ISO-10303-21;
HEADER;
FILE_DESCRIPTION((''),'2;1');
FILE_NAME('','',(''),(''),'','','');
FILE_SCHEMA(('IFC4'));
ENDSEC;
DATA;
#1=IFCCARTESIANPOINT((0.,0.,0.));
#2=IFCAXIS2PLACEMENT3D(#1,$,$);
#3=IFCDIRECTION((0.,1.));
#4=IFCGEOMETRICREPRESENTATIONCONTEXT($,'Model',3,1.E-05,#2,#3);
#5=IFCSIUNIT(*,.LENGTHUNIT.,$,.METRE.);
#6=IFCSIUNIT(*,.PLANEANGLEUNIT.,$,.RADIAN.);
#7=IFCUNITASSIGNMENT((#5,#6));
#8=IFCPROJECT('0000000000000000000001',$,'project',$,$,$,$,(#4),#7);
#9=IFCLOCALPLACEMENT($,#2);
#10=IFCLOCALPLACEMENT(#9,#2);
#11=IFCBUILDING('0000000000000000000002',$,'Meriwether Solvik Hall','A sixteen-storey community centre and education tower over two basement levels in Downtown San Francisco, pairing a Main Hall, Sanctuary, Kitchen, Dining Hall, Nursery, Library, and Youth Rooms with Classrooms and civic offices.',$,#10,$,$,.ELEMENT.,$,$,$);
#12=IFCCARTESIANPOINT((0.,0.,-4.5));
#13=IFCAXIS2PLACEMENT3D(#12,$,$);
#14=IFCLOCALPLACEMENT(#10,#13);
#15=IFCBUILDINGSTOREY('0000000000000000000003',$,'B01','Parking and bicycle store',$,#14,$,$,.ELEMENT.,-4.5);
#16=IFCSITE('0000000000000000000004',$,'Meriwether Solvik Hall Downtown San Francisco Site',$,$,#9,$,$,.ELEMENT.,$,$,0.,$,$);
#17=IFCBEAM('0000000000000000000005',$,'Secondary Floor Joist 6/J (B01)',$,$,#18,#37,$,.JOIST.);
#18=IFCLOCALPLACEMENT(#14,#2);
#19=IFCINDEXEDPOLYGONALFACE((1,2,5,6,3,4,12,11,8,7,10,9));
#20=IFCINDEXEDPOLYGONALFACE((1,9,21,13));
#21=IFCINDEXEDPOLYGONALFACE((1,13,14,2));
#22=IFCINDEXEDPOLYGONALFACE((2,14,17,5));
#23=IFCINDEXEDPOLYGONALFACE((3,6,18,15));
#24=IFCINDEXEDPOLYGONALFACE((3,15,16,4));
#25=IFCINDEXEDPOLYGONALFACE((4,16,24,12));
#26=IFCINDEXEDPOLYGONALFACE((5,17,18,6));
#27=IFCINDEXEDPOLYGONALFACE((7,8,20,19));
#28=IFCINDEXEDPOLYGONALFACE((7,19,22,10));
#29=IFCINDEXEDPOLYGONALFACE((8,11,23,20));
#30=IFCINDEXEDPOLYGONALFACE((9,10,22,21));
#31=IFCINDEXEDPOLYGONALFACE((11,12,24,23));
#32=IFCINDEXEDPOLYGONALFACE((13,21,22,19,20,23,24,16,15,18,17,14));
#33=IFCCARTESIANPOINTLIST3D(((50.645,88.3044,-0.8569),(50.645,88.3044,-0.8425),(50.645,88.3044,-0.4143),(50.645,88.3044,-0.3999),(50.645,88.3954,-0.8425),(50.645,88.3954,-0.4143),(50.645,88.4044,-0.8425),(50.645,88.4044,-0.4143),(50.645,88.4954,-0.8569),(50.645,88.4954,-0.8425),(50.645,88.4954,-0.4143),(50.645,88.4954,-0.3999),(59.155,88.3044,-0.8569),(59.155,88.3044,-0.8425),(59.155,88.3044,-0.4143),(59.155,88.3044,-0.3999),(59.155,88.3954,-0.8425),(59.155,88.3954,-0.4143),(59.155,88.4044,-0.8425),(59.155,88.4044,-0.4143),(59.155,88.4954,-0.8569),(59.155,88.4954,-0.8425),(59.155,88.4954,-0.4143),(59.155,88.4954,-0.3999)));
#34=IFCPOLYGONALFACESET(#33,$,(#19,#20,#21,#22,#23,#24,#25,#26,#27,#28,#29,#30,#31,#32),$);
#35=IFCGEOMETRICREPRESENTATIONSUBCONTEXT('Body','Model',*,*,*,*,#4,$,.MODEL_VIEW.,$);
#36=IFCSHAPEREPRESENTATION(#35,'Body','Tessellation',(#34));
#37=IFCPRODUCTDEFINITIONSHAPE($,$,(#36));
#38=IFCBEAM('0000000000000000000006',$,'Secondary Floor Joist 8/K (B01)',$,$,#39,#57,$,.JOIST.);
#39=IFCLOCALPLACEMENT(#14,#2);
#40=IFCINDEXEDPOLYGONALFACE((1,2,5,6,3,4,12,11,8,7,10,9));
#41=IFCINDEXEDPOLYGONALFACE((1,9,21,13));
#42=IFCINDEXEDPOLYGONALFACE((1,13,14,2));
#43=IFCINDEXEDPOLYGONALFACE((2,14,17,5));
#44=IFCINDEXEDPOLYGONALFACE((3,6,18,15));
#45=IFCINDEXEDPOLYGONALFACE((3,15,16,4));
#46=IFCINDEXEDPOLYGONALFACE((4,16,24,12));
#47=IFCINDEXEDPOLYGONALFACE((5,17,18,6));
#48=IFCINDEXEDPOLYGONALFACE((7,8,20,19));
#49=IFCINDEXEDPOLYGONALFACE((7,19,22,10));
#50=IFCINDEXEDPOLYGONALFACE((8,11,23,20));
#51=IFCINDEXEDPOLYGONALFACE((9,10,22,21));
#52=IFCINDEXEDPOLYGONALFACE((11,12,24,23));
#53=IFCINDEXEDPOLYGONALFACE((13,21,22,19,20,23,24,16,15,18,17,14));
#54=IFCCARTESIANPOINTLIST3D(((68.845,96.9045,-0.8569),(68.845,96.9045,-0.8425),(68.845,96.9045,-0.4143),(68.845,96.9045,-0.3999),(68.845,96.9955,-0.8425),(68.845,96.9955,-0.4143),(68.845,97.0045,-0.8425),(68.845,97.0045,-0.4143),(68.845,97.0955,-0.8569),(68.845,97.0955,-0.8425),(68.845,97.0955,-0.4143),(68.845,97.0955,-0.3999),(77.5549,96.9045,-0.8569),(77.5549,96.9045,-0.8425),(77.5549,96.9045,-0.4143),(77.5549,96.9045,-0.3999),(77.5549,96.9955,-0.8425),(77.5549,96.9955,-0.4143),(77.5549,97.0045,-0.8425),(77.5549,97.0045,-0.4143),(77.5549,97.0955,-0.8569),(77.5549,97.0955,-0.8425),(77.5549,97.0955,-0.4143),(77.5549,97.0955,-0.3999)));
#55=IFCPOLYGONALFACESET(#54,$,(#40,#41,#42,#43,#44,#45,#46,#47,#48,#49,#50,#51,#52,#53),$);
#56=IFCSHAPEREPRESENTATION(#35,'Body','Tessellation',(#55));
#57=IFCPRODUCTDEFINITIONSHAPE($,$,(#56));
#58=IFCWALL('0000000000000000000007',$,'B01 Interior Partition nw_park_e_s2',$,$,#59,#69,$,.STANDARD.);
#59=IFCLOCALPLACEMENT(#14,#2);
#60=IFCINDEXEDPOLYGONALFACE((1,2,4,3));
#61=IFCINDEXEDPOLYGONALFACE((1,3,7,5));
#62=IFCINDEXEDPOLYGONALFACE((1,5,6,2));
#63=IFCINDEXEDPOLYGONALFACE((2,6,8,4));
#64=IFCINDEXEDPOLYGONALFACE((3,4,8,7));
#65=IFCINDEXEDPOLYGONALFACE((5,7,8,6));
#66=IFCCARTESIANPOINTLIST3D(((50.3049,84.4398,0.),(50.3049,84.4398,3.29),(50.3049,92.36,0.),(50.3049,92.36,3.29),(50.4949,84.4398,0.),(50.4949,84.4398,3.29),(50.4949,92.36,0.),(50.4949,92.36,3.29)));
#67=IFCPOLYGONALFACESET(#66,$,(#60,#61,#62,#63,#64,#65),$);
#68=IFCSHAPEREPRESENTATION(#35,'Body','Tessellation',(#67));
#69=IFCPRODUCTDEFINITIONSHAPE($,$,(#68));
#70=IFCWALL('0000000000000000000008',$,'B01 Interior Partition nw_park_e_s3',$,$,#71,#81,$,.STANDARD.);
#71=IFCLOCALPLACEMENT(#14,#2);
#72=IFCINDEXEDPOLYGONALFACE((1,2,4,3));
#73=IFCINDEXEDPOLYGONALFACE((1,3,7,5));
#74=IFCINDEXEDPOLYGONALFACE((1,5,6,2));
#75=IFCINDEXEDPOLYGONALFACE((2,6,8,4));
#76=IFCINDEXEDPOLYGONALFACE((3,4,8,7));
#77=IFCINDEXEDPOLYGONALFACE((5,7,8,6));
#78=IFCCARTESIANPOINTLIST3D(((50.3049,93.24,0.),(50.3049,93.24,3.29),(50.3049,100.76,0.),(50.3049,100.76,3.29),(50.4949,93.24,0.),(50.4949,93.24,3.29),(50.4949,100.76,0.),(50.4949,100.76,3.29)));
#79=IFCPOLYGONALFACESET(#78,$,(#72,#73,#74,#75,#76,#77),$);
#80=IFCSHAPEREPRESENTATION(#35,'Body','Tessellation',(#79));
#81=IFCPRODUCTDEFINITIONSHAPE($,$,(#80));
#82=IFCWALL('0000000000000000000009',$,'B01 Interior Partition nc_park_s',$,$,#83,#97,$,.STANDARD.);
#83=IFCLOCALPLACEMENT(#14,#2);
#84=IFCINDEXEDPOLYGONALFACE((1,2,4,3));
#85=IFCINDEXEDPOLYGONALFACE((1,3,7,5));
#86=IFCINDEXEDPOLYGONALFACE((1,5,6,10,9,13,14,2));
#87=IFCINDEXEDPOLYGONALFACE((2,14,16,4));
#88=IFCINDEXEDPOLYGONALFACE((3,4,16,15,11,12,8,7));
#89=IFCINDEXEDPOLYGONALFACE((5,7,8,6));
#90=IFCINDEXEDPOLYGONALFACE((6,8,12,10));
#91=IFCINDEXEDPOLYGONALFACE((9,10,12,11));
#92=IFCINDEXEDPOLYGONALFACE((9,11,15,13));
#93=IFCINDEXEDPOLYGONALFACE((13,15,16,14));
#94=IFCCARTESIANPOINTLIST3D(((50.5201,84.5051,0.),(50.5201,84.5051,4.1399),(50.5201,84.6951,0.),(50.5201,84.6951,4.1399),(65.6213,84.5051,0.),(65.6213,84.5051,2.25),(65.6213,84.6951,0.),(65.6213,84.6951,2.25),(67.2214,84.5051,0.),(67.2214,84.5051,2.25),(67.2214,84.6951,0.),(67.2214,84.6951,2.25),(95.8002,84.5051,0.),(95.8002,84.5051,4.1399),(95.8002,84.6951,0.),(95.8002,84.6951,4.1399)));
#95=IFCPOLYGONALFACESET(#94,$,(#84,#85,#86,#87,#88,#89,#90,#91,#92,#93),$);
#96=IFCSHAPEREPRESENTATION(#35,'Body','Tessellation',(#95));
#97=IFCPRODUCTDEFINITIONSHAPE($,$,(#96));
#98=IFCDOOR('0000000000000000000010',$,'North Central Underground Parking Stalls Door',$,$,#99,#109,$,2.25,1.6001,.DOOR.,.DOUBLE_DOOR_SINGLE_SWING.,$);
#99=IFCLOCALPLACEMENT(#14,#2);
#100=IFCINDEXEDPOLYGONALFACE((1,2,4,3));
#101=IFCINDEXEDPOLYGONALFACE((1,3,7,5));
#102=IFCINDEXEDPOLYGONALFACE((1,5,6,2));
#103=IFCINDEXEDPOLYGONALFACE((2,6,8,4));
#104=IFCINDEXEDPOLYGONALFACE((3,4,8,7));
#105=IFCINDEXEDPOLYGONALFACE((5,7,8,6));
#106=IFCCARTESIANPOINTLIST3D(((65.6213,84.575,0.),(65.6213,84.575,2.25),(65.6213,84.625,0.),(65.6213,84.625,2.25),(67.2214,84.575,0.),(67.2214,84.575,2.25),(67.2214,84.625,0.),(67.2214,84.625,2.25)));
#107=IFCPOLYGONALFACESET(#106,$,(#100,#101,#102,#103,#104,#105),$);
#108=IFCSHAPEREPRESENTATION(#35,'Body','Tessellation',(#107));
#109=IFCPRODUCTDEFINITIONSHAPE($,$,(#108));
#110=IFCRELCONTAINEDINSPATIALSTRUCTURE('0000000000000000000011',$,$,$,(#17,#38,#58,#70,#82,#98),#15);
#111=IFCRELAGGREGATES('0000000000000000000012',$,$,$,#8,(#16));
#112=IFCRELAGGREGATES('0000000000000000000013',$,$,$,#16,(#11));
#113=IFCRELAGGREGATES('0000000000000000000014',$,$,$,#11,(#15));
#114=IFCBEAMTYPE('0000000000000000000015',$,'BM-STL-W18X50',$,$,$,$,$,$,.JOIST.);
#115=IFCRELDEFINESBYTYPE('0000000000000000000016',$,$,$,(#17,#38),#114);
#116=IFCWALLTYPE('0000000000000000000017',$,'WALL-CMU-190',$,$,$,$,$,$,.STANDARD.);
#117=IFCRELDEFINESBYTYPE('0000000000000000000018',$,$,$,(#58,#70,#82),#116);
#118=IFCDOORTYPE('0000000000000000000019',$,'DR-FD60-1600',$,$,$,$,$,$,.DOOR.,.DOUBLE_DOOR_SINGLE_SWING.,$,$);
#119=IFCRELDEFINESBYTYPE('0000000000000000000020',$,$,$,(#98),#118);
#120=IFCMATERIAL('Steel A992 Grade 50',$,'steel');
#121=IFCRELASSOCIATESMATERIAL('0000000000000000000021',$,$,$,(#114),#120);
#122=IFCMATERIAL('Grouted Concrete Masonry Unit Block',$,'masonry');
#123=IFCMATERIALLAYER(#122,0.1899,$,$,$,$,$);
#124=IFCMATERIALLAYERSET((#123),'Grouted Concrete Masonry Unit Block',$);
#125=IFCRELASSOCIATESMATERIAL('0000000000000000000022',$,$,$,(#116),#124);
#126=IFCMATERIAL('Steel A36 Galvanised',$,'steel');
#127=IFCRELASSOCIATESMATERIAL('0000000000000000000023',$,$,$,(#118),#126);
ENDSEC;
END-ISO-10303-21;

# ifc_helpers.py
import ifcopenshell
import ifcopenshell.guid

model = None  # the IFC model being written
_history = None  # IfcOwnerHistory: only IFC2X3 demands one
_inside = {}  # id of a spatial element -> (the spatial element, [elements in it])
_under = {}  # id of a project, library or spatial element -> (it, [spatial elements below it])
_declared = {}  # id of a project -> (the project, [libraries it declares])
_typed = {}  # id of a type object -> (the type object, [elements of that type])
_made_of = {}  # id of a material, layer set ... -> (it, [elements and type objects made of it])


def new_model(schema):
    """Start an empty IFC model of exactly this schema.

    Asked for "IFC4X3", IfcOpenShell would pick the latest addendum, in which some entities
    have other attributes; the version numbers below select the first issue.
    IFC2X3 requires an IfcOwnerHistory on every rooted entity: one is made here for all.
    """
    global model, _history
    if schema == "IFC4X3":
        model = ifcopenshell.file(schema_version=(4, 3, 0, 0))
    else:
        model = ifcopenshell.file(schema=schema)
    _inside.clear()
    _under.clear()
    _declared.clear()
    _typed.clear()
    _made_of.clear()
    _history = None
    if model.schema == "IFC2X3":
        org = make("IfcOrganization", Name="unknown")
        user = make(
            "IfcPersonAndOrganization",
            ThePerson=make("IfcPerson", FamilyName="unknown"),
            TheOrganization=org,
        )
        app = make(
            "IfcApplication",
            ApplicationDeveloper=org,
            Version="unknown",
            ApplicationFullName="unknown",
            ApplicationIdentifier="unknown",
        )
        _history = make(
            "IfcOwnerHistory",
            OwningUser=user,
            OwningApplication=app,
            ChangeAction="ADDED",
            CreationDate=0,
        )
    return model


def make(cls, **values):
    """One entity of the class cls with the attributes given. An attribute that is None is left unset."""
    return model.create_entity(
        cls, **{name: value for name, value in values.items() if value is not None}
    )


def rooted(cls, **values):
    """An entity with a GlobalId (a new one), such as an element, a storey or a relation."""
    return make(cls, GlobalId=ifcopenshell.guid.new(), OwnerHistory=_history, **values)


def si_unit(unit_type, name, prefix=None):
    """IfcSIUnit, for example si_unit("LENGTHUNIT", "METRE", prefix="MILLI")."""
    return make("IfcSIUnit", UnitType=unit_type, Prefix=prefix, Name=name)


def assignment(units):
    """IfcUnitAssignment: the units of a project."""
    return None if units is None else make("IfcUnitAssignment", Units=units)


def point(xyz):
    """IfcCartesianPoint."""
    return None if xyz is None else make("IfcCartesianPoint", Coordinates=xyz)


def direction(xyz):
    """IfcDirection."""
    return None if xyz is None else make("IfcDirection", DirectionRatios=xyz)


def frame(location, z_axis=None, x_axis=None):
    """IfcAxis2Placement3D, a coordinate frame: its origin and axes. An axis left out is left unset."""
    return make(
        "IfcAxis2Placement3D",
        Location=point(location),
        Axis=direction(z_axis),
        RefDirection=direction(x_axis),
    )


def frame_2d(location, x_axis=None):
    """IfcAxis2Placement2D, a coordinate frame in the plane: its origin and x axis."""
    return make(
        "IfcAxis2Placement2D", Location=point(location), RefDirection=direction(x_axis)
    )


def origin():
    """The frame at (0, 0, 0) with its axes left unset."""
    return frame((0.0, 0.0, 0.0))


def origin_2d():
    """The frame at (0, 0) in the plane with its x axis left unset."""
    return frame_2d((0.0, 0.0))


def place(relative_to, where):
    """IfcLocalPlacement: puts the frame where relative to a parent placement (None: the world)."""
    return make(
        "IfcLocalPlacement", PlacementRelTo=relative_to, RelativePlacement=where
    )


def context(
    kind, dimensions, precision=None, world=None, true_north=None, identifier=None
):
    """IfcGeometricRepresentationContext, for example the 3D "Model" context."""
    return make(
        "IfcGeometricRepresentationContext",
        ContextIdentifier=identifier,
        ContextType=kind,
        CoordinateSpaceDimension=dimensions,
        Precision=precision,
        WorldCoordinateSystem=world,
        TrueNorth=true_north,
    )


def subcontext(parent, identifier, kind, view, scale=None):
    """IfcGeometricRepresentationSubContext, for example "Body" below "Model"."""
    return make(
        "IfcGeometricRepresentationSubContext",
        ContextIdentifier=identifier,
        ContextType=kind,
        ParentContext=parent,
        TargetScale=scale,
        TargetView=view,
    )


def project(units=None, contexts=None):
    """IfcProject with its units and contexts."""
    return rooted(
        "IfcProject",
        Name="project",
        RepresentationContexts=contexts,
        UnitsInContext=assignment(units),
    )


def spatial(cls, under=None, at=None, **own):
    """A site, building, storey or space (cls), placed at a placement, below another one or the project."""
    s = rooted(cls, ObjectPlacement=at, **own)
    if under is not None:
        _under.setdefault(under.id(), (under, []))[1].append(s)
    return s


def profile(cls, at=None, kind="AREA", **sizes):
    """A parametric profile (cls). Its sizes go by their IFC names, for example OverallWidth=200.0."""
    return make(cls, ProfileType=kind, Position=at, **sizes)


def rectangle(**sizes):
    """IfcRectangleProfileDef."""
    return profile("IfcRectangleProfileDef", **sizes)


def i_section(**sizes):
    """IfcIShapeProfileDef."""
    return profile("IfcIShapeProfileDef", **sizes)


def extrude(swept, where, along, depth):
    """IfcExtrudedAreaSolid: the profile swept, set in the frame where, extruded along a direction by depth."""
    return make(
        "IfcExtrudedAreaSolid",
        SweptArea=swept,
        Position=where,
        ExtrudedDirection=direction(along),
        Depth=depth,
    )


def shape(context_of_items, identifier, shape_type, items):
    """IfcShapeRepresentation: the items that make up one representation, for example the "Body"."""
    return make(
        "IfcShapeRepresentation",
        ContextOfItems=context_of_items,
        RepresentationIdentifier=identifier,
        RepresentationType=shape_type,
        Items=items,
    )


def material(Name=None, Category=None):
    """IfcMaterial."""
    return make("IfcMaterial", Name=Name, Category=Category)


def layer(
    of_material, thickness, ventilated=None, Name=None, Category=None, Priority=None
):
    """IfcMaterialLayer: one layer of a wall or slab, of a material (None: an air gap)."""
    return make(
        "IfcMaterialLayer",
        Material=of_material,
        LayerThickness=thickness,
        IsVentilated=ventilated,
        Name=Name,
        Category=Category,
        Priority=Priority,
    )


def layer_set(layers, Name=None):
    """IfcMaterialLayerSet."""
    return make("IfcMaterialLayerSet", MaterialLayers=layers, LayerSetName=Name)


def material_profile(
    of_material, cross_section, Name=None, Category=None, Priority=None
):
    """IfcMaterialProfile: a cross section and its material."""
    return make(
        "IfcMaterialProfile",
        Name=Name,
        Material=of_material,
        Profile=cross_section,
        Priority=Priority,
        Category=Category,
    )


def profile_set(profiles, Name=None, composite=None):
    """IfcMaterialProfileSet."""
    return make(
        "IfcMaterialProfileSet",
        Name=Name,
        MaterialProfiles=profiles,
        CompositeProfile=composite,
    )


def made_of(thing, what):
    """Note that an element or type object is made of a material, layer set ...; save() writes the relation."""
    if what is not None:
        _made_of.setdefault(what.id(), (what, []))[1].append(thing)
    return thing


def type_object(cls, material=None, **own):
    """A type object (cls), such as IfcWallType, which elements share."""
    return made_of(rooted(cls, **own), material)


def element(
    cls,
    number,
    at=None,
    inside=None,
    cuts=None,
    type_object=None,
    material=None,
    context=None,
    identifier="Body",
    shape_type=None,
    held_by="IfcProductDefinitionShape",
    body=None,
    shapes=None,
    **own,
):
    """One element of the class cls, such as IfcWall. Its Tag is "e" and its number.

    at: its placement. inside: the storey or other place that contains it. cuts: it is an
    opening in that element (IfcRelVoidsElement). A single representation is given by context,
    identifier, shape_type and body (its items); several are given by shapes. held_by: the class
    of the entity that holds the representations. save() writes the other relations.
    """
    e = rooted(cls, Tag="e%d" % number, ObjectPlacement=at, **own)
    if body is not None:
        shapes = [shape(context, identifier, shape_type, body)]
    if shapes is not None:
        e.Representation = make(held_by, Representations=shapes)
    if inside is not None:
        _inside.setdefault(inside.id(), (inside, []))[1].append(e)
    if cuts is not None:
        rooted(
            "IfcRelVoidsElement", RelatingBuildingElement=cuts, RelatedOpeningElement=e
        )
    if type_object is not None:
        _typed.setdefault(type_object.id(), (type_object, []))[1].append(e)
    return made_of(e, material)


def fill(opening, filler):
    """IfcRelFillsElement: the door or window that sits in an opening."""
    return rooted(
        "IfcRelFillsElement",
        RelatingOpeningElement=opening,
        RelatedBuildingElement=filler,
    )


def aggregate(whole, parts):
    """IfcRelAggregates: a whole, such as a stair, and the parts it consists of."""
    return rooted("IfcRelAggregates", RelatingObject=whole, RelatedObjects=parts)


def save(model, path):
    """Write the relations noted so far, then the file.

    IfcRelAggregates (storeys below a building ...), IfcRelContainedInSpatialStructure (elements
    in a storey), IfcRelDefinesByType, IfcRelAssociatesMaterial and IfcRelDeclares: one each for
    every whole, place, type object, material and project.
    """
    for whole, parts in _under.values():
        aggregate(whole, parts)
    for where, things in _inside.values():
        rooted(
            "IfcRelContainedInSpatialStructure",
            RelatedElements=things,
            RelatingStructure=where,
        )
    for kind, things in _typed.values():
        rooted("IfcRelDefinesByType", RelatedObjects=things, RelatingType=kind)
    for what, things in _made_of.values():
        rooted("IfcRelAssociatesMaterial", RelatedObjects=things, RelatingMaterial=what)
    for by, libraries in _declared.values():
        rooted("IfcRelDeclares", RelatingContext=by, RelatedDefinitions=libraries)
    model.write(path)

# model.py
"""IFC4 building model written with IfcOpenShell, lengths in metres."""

from ifc_helpers import new_model, si_unit, direction, frame, frame_2d, origin, origin_2d, place, context, subcontext, project, spatial, rectangle, i_section, extrude, material, layer, layer_set, material_profile, profile_set, type_object, element, fill, save


model = new_model("IFC4")

# Units and contexts
model_context = context("Model", 3, precision=1e-05, world=origin(), true_north=direction((0.0, 1.0)))
body_context = subcontext(model_context, "Body", "Model", "MODEL_VIEW")
ifc_project = project(units=[si_unit("LENGTHUNIT", "METRE"), si_unit("PLANEANGLEUNIT", "RADIAN")], contexts=[model_context])

# Site, building, storey
site_placement = place(None, origin())
site = spatial("IfcSite", under=ifc_project, at=site_placement, Name="Meriwether Solvik Hall Downtown San Francisco Site", CompositionType="ELEMENT", RefElevation=0.0)
building_placement = place(site_placement, origin())
building = spatial("IfcBuilding", under=site, at=building_placement, Name="Meriwether Solvik Hall", Description="A sixteen-storey community centre and education tower over two basement levels in Downtown San Francisco, pairing a Main Hall, Sanctuary, Kitchen, Dining Hall, Nursery, Library, and Youth Rooms with Classrooms and civic offices.", CompositionType="ELEMENT")
storey_placement = place(building_placement, frame((0.0, 0.0, -4.5)))
storey = spatial("IfcBuildingStorey", under=building, at=storey_placement, Name="B01", Description="Parking and bicycle store", CompositionType="ELEMENT", Elevation=-4.5)

# Beams
ifc_material_1 = material(Name="Steel A992 Grade 50", Category="steel")
ifc_material_profile_1 = material_profile(ifc_material_1, i_section(OverallWidth=0.1909, OverallDepth=0.457, WebThickness=0.009, FlangeThickness=0.0144, at=origin_2d()), Name="W18X50")
ifc_profile_set_1 = profile_set([ifc_material_profile_1], Name="Steel A992 Grade 50")
beam_type_1 = type_object("IfcBeamType", Name="BM-STL-W18X50", PredefinedType="JOIST", material=ifc_profile_set_1)
beam_1_placement = place(storey_placement, frame((50.645, 88.3999, -0.6284), z_axis=(1.0, 0.0, 0.0), x_axis=(0.0, 1.0, 0.0)))
element("IfcBeam", 1, at=beam_1_placement, inside=storey, type_object=beam_type_1, Name="Secondary Floor Joist 6/J (B01)", PredefinedType="JOIST", context=body_context, shape_type="SweptSolid", body=[
    extrude(i_section(OverallWidth=0.1909, OverallDepth=0.457, WebThickness=0.009, FlangeThickness=0.0144, at=origin_2d()), origin(), (0.0, 0.0, 1.0), 8.51),
])
beam_2_placement = place(storey_placement, frame((68.845, 97.0, -0.6284), z_axis=(1.0, 0.0, 0.0), x_axis=(0.0, 1.0, 0.0)))
element("IfcBeam", 2, at=beam_2_placement, inside=storey, type_object=beam_type_1, Name="Secondary Floor Joist 8/K (B01)", PredefinedType="JOIST", context=body_context, shape_type="SweptSolid", body=[
    extrude(i_section(OverallWidth=0.1909, OverallDepth=0.457, WebThickness=0.009, FlangeThickness=0.0144, at=origin_2d()), origin(), (0.0, 0.0, 1.0), 8.71),
])

# Walls
ifc_material_2 = material(Name="Grouted Concrete Masonry Unit Block", Category="masonry")
ifc_layer = layer(ifc_material_2, 0.1899)
ifc_layer_set = layer_set([ifc_layer], Name="Grouted Concrete Masonry Unit Block")
wall_type = type_object("IfcWallType", Name="WALL-CMU-190", PredefinedType="STANDARD", material=ifc_layer_set)
wall_1_placement = place(storey_placement, frame((50.3999, 84.4399, 0.0), z_axis=(0.0, 0.0, 1.0), x_axis=(0.0, 1.0, 0.0)))
element("IfcWall", 3, at=wall_1_placement, inside=storey, type_object=wall_type, Name="B01 Interior Partition nw_park_e_s2", PredefinedType="STANDARD", context=body_context, shape_type="SweptSolid", body=[
    extrude(rectangle(XDim=7.9202, YDim=0.1899, at=frame_2d((3.96, 0.0))), origin(), (0.0, 0.0, 1.0), 3.29),
])
wall_2_placement = place(storey_placement, frame((50.3999, 93.24, 0.0), z_axis=(0.0, 0.0, 1.0), x_axis=(0.0, 1.0, 0.0)))
element("IfcWall", 4, at=wall_2_placement, inside=storey, type_object=wall_type, Name="B01 Interior Partition nw_park_e_s3", PredefinedType="STANDARD", context=body_context, shape_type="SweptSolid", body=[
    extrude(rectangle(XDim=7.52, YDim=0.1899, at=frame_2d((3.76, 0.0))), origin(), (0.0, 0.0, 1.0), 3.29),
])

# Wall, opening, door
wall_3_placement = place(storey_placement, frame((50.52, 84.6001, 0.0), z_axis=(0.0, 0.0, 1.0), x_axis=(1.0, 0.0, 0.0)))
wall_3 = element("IfcWall", 5, at=wall_3_placement, inside=storey, type_object=wall_type, Name="B01 Interior Partition nc_park_s", PredefinedType="STANDARD", context=body_context, shape_type="SweptSolid", body=[
    extrude(rectangle(XDim=45.28, YDim=0.1899, at=frame_2d((22.6401, 0.0))), origin(), (0.0, 0.0, 1.0), 4.1399),
])
opening_placement = place(wall_3_placement, frame((15.1013, 0.0, 0.0)))
opening = element("IfcOpeningElement", 6, at=opening_placement, cuts=wall_3, PredefinedType="OPENING", context=body_context, shape_type="SweptSolid", body=[
    extrude(rectangle(XDim=1.6001, YDim=2.25, at=frame_2d((0.8, 1.125))), frame((0.0, 0.1069, 0.0), z_axis=(0.0, -1.0, 0.0), x_axis=(1.0, 0.0, 0.0)), (0.0, 0.0, 1.0), 0.2139),
])
ifc_material_3 = material(Name="Steel A36 Galvanised", Category="steel")
door_type = type_object("IfcDoorType", Name="DR-FD60-1600", OperationType="DOUBLE_DOOR_SINGLE_SWING", PredefinedType="DOOR", material=ifc_material_3)
door_placement = place(opening_placement, origin())
door = element("IfcDoor", 7, at=door_placement, inside=storey, type_object=door_type, Name="North Central Underground Parking Stalls Door", OperationType="DOUBLE_DOOR_SINGLE_SWING", OverallHeight=2.25, OverallWidth=1.6001, PredefinedType="DOOR", context=body_context, shape_type="SweptSolid", body=[
    extrude(rectangle(XDim=1.6001, YDim=2.25, at=frame_2d((0.8, 1.125))), frame((0.0, 0.0249, 0.0), z_axis=(0.0, -1.0, 0.0), x_axis=(1.0, 0.0, 0.0)), (0.0, 0.0, 1.0), 0.05),
])
fill(opening, door)

save(model, "model.ifc")
